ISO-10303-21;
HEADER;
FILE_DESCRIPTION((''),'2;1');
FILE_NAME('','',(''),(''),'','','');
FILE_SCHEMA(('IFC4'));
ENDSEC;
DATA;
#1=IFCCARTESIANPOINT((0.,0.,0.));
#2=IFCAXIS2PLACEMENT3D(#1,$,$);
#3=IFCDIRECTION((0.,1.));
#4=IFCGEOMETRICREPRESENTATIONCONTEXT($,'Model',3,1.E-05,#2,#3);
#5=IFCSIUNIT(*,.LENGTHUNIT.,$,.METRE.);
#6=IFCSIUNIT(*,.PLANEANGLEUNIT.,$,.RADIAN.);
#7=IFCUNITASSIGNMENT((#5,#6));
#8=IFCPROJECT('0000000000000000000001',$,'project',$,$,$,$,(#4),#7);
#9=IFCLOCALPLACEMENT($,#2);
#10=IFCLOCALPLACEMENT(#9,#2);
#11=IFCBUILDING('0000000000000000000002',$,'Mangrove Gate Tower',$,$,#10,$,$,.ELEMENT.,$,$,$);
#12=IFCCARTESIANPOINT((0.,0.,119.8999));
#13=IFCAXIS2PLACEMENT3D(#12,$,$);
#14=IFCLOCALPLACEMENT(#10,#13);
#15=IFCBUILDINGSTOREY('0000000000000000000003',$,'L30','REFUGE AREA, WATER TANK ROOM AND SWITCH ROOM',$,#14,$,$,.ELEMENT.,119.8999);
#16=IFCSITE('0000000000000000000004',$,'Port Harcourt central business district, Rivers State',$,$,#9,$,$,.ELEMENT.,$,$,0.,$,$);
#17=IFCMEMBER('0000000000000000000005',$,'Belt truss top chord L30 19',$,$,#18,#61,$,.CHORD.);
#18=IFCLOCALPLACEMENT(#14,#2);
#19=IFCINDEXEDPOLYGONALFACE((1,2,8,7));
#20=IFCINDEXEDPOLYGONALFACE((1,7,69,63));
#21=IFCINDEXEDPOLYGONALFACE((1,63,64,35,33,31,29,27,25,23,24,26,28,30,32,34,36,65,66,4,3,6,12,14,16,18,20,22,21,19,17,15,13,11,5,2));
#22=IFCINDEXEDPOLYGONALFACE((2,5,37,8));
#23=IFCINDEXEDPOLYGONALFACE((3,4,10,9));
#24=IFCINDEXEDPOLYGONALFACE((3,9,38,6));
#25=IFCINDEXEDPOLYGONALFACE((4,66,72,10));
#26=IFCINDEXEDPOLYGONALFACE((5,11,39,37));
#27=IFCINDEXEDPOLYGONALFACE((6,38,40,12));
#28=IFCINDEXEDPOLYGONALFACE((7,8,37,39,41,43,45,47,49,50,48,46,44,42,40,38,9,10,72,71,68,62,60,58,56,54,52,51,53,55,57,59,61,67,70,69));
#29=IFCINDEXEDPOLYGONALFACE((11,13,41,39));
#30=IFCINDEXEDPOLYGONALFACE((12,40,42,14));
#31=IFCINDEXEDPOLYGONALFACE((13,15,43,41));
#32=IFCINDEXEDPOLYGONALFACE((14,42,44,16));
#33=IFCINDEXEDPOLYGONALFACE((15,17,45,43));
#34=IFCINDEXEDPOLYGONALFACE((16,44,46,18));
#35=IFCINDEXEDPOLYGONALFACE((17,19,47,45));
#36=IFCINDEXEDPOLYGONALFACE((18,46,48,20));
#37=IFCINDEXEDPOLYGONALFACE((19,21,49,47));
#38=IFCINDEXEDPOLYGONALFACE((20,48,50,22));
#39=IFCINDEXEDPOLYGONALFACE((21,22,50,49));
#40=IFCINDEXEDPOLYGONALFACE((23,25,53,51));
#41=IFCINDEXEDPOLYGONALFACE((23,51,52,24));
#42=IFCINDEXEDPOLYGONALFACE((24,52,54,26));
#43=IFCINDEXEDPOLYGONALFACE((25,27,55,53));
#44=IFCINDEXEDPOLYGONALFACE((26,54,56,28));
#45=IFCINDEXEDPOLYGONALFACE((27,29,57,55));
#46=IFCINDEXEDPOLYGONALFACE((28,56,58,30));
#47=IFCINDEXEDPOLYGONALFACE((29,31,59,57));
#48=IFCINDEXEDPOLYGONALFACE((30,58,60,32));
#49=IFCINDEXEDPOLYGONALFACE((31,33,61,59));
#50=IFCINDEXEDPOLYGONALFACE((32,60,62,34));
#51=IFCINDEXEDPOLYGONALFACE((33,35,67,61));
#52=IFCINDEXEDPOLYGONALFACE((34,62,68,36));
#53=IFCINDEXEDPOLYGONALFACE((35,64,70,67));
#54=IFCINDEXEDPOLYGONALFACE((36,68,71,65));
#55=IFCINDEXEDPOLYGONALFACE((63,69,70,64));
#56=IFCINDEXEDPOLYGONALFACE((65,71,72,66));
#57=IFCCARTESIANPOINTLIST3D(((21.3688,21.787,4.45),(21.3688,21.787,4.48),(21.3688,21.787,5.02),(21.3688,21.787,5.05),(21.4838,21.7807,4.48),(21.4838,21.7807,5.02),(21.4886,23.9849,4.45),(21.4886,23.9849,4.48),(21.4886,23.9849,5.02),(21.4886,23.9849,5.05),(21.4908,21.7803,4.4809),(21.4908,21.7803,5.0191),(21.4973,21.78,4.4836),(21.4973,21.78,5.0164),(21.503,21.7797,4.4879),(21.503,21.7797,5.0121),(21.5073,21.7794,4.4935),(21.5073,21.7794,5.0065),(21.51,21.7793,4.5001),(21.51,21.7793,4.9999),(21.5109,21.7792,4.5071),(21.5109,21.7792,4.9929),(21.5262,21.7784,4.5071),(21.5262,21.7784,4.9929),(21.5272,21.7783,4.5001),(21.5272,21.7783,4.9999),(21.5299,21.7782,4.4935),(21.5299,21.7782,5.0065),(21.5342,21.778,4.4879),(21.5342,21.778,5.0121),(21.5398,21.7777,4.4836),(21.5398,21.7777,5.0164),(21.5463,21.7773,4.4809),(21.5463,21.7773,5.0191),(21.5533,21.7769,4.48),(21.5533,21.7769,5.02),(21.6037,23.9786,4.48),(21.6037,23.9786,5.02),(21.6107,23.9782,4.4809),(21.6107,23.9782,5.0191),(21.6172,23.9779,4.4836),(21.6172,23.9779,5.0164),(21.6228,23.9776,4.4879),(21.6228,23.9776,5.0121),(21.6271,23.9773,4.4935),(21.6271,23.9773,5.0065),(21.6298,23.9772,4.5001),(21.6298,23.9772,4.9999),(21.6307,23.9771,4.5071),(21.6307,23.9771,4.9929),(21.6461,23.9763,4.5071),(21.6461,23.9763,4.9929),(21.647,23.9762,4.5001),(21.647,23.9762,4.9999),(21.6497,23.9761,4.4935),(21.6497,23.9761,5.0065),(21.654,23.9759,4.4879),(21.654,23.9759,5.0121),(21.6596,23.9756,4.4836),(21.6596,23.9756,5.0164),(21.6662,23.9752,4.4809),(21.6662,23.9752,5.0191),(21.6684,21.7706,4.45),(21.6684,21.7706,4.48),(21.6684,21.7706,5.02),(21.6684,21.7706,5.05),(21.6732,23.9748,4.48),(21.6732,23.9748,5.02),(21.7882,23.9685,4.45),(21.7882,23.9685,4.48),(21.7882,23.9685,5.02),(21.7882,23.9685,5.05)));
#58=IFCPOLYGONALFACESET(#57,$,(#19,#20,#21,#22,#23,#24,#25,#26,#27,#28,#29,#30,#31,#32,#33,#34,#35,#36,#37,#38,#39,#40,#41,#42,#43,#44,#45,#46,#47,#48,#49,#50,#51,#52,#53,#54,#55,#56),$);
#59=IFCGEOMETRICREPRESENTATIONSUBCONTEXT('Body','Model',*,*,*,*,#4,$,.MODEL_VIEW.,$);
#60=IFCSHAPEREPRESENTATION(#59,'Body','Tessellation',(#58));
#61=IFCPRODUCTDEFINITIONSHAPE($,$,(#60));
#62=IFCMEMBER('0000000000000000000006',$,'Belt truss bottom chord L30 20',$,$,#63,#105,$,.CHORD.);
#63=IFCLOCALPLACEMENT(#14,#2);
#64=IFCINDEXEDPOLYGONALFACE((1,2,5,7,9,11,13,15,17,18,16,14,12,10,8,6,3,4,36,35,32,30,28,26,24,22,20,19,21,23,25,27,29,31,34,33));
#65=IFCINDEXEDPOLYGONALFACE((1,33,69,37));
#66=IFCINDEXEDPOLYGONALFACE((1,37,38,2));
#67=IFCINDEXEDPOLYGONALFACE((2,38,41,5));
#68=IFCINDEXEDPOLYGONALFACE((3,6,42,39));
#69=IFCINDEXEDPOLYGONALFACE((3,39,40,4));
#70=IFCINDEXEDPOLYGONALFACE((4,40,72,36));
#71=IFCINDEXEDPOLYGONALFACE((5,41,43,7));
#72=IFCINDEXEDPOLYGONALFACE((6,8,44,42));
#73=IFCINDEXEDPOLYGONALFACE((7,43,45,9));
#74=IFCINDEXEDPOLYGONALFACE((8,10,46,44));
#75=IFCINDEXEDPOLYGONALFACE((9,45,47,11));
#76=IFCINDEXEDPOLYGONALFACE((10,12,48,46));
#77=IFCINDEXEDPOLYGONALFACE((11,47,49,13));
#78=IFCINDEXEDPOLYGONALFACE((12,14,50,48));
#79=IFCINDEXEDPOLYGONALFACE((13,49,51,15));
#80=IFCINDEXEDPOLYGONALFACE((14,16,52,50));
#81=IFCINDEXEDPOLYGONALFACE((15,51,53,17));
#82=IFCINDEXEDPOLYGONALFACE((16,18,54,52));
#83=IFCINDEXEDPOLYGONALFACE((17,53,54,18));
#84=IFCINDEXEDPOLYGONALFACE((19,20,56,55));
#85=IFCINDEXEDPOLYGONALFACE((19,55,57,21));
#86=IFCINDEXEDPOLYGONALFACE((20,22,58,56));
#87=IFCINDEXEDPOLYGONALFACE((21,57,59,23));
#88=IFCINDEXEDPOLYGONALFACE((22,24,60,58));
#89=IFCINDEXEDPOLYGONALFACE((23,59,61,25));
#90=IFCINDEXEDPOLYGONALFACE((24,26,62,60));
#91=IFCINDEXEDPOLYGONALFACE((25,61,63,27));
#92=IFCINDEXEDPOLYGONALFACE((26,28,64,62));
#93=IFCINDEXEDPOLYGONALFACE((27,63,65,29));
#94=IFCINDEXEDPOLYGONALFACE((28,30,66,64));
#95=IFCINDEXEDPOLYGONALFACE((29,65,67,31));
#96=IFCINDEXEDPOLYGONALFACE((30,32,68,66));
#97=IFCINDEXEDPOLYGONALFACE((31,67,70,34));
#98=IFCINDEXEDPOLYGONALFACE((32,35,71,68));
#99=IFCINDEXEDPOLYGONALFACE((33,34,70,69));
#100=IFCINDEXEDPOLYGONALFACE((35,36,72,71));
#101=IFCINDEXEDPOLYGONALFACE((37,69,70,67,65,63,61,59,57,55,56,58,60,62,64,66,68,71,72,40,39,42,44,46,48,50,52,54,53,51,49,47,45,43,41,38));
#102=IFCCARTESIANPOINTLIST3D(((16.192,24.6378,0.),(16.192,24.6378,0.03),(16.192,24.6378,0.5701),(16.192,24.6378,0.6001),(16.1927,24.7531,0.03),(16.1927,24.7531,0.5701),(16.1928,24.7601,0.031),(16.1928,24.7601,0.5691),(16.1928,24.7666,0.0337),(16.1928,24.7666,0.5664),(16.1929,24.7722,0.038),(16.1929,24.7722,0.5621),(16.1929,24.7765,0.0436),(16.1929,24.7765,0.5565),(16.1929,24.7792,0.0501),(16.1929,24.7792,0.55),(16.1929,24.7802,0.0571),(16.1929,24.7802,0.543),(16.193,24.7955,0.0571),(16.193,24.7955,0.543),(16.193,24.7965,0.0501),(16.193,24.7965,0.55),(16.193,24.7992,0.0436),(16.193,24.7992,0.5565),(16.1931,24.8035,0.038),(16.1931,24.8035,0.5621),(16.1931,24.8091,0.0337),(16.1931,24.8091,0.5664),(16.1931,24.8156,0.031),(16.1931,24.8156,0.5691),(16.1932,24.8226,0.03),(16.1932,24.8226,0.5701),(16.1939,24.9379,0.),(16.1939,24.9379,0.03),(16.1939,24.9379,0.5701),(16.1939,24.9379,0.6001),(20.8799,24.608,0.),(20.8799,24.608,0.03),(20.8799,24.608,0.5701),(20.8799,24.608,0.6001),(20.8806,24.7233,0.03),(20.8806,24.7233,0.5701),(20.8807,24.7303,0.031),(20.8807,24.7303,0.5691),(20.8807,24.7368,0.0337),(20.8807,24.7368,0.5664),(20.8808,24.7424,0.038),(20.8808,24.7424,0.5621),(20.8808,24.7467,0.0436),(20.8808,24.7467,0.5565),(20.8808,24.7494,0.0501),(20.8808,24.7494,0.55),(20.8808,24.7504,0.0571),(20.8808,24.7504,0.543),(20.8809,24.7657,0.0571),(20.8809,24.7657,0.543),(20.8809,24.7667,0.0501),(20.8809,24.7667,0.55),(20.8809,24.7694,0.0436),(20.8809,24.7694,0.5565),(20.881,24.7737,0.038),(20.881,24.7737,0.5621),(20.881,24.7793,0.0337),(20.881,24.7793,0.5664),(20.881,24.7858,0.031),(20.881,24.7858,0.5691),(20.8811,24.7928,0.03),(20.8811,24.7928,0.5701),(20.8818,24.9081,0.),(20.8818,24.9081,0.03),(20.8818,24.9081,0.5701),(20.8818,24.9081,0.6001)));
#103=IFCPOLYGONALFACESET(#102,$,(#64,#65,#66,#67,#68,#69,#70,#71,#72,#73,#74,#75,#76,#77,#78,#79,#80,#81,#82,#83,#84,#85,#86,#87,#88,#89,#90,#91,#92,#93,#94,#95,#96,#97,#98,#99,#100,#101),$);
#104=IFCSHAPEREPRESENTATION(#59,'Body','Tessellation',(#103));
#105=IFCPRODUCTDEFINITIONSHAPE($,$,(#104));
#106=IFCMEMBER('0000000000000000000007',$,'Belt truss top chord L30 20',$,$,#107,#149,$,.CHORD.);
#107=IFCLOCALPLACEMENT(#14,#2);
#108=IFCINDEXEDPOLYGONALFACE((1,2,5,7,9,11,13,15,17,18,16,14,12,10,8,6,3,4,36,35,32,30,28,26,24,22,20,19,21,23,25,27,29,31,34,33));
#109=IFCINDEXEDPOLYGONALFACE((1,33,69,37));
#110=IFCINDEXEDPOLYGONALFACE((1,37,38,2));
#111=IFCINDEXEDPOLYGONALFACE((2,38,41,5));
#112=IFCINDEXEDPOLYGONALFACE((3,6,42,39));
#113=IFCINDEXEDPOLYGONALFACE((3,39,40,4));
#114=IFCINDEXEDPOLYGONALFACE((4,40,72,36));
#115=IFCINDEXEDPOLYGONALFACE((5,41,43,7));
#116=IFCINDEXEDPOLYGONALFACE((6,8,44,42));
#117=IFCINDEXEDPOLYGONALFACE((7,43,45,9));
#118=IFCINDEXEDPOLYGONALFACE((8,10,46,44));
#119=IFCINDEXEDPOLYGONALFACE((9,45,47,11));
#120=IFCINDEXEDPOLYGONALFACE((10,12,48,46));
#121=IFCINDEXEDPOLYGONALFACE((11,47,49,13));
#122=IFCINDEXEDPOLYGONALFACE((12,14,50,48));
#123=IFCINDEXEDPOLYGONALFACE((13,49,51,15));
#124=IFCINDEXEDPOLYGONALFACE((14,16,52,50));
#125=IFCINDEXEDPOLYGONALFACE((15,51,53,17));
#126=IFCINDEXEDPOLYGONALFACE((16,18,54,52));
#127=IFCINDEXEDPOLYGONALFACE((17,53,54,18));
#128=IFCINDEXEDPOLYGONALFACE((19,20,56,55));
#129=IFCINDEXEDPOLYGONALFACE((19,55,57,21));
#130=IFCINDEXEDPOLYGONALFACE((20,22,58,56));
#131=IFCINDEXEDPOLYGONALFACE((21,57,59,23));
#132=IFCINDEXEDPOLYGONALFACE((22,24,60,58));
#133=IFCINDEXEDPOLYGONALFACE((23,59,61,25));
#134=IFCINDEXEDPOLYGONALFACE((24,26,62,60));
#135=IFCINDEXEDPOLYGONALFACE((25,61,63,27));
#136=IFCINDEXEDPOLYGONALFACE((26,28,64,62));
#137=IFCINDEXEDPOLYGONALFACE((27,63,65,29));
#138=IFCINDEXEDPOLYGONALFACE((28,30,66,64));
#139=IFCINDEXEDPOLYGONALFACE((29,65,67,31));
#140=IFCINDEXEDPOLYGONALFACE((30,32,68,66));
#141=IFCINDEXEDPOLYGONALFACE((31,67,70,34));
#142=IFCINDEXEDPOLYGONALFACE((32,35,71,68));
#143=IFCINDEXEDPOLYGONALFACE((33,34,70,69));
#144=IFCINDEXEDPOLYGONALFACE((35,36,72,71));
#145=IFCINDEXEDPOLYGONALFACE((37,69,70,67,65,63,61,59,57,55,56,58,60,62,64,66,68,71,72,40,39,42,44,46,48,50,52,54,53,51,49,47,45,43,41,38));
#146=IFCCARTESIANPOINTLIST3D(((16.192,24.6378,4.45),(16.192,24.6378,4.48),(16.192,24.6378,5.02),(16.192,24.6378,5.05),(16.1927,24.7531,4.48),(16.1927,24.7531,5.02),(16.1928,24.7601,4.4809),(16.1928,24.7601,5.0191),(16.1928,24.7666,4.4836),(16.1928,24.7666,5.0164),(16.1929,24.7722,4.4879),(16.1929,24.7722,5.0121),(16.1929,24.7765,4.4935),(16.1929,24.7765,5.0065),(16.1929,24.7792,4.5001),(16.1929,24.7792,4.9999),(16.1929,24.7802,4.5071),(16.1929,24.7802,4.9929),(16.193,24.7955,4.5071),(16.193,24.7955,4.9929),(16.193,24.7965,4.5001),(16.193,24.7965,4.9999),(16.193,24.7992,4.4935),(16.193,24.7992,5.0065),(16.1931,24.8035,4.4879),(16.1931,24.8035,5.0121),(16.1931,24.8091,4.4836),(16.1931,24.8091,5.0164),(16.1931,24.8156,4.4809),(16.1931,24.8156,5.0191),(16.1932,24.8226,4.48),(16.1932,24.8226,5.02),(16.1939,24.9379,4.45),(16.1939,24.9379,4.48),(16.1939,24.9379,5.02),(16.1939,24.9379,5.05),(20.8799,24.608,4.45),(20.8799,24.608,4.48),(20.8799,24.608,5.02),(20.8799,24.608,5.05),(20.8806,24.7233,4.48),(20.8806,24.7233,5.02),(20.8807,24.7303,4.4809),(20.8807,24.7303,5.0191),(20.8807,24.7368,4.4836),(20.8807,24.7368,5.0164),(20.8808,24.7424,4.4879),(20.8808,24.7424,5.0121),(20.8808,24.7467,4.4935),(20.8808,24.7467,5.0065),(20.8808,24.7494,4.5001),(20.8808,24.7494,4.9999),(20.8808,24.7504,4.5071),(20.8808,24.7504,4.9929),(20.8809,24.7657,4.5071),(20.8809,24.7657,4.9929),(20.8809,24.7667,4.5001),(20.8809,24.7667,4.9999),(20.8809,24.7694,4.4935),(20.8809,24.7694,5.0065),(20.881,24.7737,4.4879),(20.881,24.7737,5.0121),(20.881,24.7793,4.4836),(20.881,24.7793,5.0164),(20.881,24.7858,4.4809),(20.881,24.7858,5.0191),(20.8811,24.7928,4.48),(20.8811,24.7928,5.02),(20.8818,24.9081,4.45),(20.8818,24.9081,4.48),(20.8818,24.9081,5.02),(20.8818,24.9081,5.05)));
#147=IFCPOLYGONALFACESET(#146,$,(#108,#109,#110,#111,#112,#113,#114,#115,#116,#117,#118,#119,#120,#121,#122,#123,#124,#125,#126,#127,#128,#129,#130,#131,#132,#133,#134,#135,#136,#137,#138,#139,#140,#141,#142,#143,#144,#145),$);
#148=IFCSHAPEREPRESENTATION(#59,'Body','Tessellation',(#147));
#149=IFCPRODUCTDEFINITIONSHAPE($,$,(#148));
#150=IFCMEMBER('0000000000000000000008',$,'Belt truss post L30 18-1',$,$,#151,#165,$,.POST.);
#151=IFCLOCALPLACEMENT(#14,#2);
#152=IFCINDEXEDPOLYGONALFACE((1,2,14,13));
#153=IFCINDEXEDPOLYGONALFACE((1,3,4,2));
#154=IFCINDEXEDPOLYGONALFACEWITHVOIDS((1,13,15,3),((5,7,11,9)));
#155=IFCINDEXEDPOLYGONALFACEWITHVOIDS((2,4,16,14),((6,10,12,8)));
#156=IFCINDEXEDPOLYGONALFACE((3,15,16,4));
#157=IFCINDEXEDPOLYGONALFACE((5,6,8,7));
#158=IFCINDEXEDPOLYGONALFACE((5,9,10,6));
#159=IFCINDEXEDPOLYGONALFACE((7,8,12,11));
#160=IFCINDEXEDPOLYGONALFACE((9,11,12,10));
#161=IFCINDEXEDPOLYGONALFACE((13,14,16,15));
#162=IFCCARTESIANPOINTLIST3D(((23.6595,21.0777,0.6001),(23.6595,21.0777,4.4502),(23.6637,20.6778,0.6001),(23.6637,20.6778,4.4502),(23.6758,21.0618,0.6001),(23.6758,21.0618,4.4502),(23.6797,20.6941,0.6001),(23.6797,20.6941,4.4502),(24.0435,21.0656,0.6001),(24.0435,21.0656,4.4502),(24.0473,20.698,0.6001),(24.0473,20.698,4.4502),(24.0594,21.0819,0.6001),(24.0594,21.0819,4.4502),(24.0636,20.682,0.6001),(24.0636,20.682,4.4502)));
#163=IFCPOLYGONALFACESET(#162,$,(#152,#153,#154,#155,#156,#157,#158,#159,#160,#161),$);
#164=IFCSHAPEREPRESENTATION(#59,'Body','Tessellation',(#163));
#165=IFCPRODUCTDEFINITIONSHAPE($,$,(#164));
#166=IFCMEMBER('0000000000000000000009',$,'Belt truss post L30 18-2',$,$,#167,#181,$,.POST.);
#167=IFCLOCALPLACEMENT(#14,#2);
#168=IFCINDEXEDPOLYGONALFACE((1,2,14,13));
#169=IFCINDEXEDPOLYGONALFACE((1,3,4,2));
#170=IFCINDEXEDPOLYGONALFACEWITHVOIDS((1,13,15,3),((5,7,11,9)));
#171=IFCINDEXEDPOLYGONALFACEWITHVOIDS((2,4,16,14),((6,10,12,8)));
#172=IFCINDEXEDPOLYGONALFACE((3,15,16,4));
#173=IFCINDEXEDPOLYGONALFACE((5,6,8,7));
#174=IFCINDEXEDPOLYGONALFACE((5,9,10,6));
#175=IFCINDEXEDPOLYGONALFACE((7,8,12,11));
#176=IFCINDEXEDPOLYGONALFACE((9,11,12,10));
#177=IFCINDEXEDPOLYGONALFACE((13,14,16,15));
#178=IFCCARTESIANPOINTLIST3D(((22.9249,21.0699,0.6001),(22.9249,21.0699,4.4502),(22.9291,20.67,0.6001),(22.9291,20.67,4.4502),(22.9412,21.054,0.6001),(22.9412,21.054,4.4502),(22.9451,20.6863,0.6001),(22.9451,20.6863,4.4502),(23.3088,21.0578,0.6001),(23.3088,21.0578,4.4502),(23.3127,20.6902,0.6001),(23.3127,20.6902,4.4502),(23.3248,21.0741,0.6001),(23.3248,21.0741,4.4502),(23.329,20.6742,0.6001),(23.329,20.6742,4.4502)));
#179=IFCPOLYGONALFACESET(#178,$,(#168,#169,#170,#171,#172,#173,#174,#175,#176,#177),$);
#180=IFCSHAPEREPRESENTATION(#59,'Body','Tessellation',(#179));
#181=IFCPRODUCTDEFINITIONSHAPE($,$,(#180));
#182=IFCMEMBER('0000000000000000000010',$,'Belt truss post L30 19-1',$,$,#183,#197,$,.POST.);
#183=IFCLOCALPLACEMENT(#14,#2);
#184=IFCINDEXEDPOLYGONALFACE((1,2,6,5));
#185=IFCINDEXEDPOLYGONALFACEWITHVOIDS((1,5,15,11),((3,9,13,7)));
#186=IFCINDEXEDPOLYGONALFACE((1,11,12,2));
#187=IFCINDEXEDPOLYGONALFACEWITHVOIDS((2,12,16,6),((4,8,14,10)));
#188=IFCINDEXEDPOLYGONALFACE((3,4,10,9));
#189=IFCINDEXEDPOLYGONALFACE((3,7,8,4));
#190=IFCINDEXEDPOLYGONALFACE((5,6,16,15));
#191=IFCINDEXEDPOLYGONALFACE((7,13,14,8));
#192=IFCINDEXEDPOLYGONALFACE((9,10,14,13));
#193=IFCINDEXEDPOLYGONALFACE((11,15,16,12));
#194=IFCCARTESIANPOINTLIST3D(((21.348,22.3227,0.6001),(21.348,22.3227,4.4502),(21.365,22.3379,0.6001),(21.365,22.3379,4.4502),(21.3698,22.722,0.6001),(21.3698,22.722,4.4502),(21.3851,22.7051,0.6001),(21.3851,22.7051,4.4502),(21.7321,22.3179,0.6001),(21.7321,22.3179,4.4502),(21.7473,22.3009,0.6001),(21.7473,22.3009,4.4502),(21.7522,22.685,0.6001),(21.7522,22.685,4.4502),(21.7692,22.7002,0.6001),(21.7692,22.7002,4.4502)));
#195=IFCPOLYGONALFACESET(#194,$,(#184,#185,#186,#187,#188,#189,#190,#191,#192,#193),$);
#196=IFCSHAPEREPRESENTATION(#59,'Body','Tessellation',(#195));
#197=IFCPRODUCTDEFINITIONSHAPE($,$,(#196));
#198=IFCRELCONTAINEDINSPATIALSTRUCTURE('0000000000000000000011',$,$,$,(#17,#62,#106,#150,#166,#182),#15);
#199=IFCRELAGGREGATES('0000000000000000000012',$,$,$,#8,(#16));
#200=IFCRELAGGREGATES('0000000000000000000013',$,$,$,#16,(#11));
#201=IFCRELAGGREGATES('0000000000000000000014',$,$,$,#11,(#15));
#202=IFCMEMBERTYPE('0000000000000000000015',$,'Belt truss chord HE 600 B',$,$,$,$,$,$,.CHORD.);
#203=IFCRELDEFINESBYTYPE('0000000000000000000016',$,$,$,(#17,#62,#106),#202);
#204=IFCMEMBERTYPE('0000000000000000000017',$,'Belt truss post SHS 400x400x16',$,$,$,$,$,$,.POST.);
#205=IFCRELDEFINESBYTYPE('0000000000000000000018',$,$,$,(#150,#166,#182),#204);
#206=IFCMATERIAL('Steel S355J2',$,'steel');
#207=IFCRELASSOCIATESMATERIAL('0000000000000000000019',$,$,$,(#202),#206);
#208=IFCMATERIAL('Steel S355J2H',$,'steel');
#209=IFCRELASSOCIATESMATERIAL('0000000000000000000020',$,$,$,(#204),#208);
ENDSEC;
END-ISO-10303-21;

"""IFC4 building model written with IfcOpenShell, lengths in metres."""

from ifc_helpers import new_model, si_unit, direction, frame, origin, origin_2d, place, context, subcontext, project, spatial, hollow_rectangle, i_section, extrude, material, material_profile, profile_set, type_object, element, save


model = new_model("IFC4")

# Units and contexts
model_context = context("Model", 3, precision=1e-05, world=origin(), true_north=direction((0.0, 1.0)))
body_context = subcontext(model_context, "Body", "Model", "MODEL_VIEW")
ifc_project = project(units=[si_unit("LENGTHUNIT", "METRE"), si_unit("PLANEANGLEUNIT", "RADIAN")], contexts=[model_context])

# Site, building, storey
site_placement = place(None, origin())
site = spatial("IfcSite", under=ifc_project, at=site_placement, Name="Port Harcourt central business district, Rivers State", CompositionType="ELEMENT", RefElevation=0.0)
building_placement = place(site_placement, origin())
building = spatial("IfcBuilding", under=site, at=building_placement, Name="Mangrove Gate Tower", CompositionType="ELEMENT")
storey_placement = place(building_placement, frame((0.0, 0.0, 119.8999)))
storey = spatial("IfcBuildingStorey", under=building, at=storey_placement, Name="L30", Description="REFUGE AREA, WATER TANK ROOM AND SWITCH ROOM", CompositionType="ELEMENT", Elevation=119.8999)

# Members
ifc_material_1 = material(Name="Steel S355J2", Category="steel")
ifc_material_profile_1 = material_profile(ifc_material_1, i_section(OverallWidth=0.3, OverallDepth=0.6001, WebThickness=0.0154, FlangeThickness=0.03, FilletRadius=0.0271, at=origin_2d()))
ifc_profile_set_1 = profile_set([ifc_material_profile_1], Name="Steel S355J2")
member_type_1 = type_object("IfcMemberType", Name="Belt truss chord HE 600 B", PredefinedType="CHORD", material=ifc_profile_set_1)
for number, where, z_axis, x_axis, name in (
    (1, (21.5186, 21.7788, 4.75), (0.054456, 0.998516, 0.0), (-0.998516, 0.054456, 0.0), "Belt truss top chord L30 19"),
):
    element("IfcMember", number, at=place(storey_placement, frame(where, z_axis=z_axis, x_axis=x_axis)), inside=storey, type_object=member_type_1, Name=name, PredefinedType="CHORD", context=body_context, shape_type="SweptSolid", body=[
        extrude(i_section(OverallWidth=0.3, OverallDepth=0.6001, WebThickness=0.0154, FlangeThickness=0.03, FilletRadius=0.0271, at=origin_2d()), origin(), (0.0, 0.0, 1.0), 2.2012),
    ])
for number, where, z_axis, x_axis, name in (
    (2, (20.8809, 24.7581, 0.3), (-0.99998, 0.006353, 0.0), (-0.006353, -0.99998, 0.0), "Belt truss bottom chord L30 20"),
    (3, (20.8809, 24.7581, 4.75), (-0.99998, 0.006353, 0.0), (-0.006353, -0.99998, 0.0), "Belt truss top chord L30 20"),
):
    element("IfcMember", number, at=place(storey_placement, frame(where, z_axis=z_axis, x_axis=x_axis)), inside=storey, type_object=member_type_1, Name=name, PredefinedType="CHORD", context=body_context, shape_type="SweptSolid", body=[
        extrude(i_section(OverallWidth=0.3, OverallDepth=0.6001, WebThickness=0.0154, FlangeThickness=0.03, FilletRadius=0.0271, at=origin_2d()), origin(), (0.0, 0.0, 1.0), 4.688),
    ])
ifc_material_2 = material(Name="Steel S355J2H", Category="steel")
ifc_material_profile_2 = material_profile(ifc_material_2, hollow_rectangle(XDim=0.3999, YDim=0.3999, WallThickness=0.0161, at=origin_2d()))
ifc_profile_set_2 = profile_set([ifc_material_profile_2], Name="Steel S355J2H")
member_type_2 = type_object("IfcMemberType", Name="Belt truss post SHS 400x400x16", PredefinedType="POST", material=ifc_profile_set_2)
for number, where, z_axis, x_axis, name in (
    (4, (23.8616, 20.8799, 0.6001), (0.0, 0.0, 1.0), (-0.999945, -0.010535, 0.0), "Belt truss post L30 18-1"),
    (5, (23.127, 20.8721, 0.6001), (0.0, 0.0, 1.0), (-0.999945, -0.010535, 0.0), "Belt truss post L30 18-2"),
    (6, (21.5586, 22.5115, 0.6001), (0.0, 0.0, 1.0), (0.05455, 0.998511, 0.0), "Belt truss post L30 19-1"),
):
    element("IfcMember", number, at=place(storey_placement, frame(where, z_axis=z_axis, x_axis=x_axis)), inside=storey, type_object=member_type_2, Name=name, PredefinedType="POST", context=body_context, shape_type="SweptSolid", body=[
        extrude(hollow_rectangle(XDim=0.3999, YDim=0.3999, WallThickness=0.0161, at=origin_2d()), origin(), (0.0, 0.0, 1.0), 3.8501),
    ])

save(model, "model.ifc")
